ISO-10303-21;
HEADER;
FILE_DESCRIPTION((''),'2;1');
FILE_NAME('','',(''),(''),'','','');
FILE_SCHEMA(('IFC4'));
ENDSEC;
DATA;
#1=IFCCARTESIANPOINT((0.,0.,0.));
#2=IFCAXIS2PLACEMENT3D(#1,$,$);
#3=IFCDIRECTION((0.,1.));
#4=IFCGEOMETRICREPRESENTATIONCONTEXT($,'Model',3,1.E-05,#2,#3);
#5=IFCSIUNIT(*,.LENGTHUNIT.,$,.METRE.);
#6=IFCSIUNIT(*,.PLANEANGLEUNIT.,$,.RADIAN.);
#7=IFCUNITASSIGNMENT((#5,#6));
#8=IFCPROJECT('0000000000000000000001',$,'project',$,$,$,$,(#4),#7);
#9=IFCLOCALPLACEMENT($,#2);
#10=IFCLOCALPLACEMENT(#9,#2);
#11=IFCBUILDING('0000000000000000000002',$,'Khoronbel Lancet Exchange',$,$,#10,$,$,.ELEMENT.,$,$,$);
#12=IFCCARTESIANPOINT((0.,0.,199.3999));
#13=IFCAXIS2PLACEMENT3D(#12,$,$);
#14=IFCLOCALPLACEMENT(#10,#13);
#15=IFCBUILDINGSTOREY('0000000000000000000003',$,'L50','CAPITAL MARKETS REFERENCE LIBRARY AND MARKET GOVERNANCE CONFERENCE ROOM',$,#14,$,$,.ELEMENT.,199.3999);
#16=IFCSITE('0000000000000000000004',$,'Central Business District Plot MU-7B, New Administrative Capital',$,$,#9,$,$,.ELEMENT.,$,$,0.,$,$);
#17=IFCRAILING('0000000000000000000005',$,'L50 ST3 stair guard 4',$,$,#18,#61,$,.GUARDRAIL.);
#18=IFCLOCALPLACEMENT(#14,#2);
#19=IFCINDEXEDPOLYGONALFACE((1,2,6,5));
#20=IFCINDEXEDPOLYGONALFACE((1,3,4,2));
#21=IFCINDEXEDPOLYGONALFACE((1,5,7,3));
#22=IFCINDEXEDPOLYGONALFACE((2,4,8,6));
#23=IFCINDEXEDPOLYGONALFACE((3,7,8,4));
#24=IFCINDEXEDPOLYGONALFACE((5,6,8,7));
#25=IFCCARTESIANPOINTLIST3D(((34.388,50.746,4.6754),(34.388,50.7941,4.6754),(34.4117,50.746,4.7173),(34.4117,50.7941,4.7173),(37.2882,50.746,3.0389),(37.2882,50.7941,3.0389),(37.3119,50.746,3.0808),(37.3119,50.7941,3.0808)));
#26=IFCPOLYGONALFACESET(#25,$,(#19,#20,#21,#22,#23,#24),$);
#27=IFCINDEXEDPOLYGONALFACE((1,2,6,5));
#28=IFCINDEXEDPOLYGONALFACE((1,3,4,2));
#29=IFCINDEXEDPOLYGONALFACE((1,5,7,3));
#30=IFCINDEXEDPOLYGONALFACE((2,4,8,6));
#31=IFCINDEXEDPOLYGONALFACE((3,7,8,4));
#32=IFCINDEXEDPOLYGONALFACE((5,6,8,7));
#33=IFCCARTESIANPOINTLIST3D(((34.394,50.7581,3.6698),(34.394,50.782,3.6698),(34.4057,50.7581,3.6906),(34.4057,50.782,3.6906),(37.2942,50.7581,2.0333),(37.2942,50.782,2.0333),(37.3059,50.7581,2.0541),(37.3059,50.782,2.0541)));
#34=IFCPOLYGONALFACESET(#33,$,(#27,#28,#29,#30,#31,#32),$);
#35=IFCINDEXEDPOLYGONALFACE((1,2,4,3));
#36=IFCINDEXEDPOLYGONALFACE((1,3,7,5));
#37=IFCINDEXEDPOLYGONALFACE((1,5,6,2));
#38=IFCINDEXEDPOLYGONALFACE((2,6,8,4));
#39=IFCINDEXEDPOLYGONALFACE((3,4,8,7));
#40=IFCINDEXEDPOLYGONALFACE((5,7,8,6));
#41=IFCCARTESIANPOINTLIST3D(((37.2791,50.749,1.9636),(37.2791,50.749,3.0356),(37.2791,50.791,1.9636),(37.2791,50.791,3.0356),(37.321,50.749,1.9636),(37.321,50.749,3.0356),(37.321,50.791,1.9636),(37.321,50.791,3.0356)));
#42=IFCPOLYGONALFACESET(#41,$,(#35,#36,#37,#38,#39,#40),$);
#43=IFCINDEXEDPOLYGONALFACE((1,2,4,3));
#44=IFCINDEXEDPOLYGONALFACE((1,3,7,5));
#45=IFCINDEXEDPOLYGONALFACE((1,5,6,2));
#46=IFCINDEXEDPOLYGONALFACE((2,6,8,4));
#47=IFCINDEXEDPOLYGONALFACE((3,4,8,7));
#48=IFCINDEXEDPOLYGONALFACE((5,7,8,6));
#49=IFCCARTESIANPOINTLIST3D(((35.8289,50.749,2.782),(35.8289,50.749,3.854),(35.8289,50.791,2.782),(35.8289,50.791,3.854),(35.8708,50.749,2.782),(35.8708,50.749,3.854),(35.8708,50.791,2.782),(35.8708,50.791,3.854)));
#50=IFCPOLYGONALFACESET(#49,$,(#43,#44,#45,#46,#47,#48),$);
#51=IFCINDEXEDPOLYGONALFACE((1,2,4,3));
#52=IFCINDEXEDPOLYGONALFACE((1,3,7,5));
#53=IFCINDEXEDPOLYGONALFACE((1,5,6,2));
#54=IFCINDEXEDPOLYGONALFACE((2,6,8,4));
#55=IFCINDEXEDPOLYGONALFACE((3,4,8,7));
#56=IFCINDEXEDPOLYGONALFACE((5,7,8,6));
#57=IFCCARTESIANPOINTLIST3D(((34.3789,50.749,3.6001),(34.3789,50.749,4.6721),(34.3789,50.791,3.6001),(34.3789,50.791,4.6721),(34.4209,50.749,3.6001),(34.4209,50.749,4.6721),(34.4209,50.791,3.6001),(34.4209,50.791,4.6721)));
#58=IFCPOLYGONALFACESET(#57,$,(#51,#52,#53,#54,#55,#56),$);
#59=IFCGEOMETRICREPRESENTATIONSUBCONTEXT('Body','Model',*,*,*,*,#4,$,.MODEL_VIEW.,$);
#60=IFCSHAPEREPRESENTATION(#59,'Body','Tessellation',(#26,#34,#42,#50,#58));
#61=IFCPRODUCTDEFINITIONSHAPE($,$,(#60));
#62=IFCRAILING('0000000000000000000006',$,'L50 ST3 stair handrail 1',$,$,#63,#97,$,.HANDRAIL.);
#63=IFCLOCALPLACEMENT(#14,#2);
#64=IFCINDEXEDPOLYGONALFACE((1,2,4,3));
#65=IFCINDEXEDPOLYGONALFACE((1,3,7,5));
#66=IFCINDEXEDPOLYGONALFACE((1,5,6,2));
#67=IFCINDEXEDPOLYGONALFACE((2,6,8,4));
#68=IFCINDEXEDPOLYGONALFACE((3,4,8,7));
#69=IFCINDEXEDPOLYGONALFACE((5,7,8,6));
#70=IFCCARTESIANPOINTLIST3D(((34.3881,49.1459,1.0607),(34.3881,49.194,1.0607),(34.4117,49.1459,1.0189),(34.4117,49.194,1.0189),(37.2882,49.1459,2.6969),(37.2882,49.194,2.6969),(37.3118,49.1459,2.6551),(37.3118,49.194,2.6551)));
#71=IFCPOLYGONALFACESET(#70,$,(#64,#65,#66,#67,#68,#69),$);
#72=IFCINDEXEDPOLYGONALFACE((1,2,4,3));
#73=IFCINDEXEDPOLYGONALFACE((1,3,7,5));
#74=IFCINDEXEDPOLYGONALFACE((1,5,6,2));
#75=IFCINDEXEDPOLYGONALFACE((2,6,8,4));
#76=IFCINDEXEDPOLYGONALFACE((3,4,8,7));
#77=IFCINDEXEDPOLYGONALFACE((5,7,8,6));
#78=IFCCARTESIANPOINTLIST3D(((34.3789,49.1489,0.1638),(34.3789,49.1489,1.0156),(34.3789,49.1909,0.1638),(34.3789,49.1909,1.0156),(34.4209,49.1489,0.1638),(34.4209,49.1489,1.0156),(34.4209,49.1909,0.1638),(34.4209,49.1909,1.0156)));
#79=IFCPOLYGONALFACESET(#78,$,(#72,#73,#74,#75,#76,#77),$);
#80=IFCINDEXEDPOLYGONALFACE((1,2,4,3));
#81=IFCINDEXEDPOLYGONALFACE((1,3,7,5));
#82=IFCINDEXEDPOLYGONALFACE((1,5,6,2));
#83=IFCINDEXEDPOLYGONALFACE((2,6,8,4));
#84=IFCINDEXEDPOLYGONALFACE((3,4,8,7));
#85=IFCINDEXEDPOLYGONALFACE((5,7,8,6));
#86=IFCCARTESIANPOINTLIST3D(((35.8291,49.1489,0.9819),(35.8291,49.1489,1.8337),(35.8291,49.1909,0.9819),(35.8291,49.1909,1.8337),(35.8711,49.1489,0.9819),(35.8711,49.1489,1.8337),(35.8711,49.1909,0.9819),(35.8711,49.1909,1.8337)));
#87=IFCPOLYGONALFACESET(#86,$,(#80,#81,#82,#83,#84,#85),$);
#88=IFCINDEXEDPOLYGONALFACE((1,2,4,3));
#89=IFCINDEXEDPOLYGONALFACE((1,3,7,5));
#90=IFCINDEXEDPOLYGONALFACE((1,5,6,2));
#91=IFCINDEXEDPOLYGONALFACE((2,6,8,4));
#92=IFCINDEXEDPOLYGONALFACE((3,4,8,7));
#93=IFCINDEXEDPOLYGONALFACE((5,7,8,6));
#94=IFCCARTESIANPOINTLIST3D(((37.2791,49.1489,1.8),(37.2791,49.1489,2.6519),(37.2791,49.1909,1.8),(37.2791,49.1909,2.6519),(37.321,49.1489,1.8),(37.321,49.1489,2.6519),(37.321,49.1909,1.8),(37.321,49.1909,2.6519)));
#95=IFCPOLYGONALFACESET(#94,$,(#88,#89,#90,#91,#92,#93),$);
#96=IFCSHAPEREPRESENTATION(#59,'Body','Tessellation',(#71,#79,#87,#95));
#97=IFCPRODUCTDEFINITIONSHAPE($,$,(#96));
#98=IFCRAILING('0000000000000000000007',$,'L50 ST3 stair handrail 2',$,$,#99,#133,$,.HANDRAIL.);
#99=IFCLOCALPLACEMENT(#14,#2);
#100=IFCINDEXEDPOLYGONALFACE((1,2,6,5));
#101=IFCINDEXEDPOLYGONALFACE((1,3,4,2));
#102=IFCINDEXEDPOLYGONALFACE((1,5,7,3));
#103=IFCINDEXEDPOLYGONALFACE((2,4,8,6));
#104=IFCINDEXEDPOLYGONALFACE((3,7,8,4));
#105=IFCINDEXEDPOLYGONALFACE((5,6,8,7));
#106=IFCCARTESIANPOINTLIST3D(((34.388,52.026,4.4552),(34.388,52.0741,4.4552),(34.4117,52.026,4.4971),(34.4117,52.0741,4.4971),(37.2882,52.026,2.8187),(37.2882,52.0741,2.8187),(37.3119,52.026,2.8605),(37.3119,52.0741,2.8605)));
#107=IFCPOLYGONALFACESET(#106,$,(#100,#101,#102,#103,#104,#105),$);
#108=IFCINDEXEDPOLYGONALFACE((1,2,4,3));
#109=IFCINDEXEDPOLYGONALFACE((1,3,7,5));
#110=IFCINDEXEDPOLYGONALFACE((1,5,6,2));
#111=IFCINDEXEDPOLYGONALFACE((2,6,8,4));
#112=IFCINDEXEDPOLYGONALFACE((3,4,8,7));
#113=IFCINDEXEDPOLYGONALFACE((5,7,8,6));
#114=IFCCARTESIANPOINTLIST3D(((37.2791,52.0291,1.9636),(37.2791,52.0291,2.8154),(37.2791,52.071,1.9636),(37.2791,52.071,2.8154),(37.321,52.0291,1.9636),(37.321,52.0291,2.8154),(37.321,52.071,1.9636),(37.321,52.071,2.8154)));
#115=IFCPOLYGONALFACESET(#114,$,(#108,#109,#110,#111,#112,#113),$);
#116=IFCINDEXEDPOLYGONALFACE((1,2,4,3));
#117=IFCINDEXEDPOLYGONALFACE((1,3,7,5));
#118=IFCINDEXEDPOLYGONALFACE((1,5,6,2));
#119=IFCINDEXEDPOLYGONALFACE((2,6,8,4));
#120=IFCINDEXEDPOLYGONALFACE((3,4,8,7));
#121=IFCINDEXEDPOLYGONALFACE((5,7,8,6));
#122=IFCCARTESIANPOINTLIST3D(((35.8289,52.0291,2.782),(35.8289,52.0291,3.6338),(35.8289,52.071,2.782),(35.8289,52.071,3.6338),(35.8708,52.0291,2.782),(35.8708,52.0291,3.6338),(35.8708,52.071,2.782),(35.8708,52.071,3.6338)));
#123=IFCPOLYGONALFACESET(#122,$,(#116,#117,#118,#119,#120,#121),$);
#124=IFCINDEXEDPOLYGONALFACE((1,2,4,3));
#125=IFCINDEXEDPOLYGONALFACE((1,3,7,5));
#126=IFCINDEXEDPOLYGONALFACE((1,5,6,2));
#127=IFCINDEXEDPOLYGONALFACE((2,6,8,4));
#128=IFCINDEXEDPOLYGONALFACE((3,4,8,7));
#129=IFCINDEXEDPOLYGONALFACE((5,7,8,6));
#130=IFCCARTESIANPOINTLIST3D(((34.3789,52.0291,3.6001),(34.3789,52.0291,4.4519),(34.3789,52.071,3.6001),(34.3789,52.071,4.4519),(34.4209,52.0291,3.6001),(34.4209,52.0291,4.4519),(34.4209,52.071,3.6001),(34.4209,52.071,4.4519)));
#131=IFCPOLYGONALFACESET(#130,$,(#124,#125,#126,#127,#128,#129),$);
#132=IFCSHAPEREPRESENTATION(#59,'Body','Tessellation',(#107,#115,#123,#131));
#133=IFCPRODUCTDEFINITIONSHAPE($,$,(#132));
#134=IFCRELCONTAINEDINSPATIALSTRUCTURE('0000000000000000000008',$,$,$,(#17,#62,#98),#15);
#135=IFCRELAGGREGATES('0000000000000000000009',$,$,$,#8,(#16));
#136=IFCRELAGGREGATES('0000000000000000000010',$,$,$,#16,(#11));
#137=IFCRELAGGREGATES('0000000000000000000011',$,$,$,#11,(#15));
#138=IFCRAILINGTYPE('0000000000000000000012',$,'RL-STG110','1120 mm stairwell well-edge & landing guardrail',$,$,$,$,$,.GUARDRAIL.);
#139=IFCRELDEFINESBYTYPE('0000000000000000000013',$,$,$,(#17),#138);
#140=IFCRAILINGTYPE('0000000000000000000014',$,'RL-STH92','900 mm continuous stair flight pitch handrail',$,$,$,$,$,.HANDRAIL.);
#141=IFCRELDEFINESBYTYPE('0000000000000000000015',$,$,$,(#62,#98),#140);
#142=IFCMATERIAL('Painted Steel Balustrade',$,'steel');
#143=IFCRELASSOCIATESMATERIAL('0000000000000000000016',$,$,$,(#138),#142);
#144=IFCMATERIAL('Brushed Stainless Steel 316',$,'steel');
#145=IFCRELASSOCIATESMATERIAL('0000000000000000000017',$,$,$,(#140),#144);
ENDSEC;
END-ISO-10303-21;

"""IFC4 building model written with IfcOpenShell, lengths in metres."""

from ifc_helpers import new_model, si_unit, direction, frame, origin, origin_2d, place, context, subcontext, project, spatial, rectangle, extrude, material, type_object, element, save


model = new_model("IFC4")

# Units and contexts
model_context = context("Model", 3, precision=1e-05, world=origin(), true_north=direction((0.0, 1.0)))
body_context = subcontext(model_context, "Body", "Model", "MODEL_VIEW")
ifc_project = project(units=[si_unit("LENGTHUNIT", "METRE"), si_unit("PLANEANGLEUNIT", "RADIAN")], contexts=[model_context])

# Site, building, storey
site_placement = place(None, origin())
site = spatial("IfcSite", under=ifc_project, at=site_placement, Name="Central Business District Plot MU-7B, New Administrative Capital", CompositionType="ELEMENT", RefElevation=0.0)
building_placement = place(site_placement, origin())
building = spatial("IfcBuilding", under=site, at=building_placement, Name="Khoronbel Lancet Exchange", CompositionType="ELEMENT")
storey_placement = place(building_placement, frame((0.0, 0.0, 199.3999)))
storey = spatial("IfcBuildingStorey", under=building, at=storey_placement, Name="L50", Description="CAPITAL MARKETS REFERENCE LIBRARY AND MARKET GOVERNANCE CONFERENCE ROOM", CompositionType="ELEMENT", Elevation=199.3999)

# Railings
ifc_material_1 = material(Name="Painted Steel Balustrade", Category="steel")
railing_type_1 = type_object("IfcRailingType", Name="RL-STG110", Description="1120 mm stairwell well-edge & landing guardrail", PredefinedType="GUARDRAIL", material=ifc_material_1)
railing_1_placement = place(storey_placement, frame((37.3, 50.77, 1.9636)))
element("IfcRailing", 1, at=railing_1_placement, inside=storey, type_object=railing_type_1, Name="L50 ST3 stair guard 4", PredefinedType="GUARDRAIL", context=body_context, shape_type="SweptSolid", body=[
    extrude(rectangle(XDim=0.0481, YDim=0.0481, at=origin_2d()), frame((0.0, 0.0, 1.0962), z_axis=(-0.870915, 0.0, 0.491434), x_axis=(0.0, -1.0, 0.0)), (0.0, 0.0, 1.0), 3.3301),
    extrude(rectangle(XDim=0.0239, YDim=0.0239, at=origin_2d()), frame((0.0, 0.0, 0.0801), z_axis=(-0.870915, 0.0, 0.491434), x_axis=(0.0, -1.0, 0.0)), (0.0, 0.0, 1.0), 3.3301),
    extrude(rectangle(XDim=0.042, YDim=0.042, at=origin_2d()), origin(), (0.0, 0.0, 1.0), 1.072),
    extrude(rectangle(XDim=0.042, YDim=0.042, at=origin_2d()), frame((-1.4502, 0.0, 0.8184)), (0.0, 0.0, 1.0), 1.072),
    extrude(rectangle(XDim=0.042, YDim=0.042, at=origin_2d()), frame((-2.9001, 0.0, 1.6365)), (0.0, 0.0, 1.0), 1.072),
])
ifc_material_2 = material(Name="Brushed Stainless Steel 316", Category="steel")
railing_type_2 = type_object("IfcRailingType", Name="RL-STH92", Description="900 mm continuous stair flight pitch handrail", PredefinedType="HANDRAIL", material=ifc_material_2)
railing_2_placement = place(storey_placement, frame((34.3999, 49.1699, 0.1638)))
element("IfcRailing", 2, at=railing_2_placement, inside=storey, type_object=railing_type_2, Name="L50 ST3 stair handrail 1", PredefinedType="HANDRAIL", context=body_context, shape_type="SweptSolid", body=[
    extrude(rectangle(XDim=0.0481, YDim=0.0481, at=origin_2d()), frame((0.0, 0.0, 0.876), z_axis=(0.870946, 0.0, 0.491378), x_axis=(0.0, 1.0, 0.0)), (0.0, 0.0, 1.0), 3.3298),
    extrude(rectangle(XDim=0.042, YDim=0.042, at=origin_2d()), origin(), (0.0, 0.0, 1.0), 0.8518),
    extrude(rectangle(XDim=0.042, YDim=0.042, at=origin_2d()), frame((1.4502, 0.0, 0.8181)), (0.0, 0.0, 1.0), 0.8518),
    extrude(rectangle(XDim=0.042, YDim=0.042, at=origin_2d()), frame((2.9001, 0.0, 1.6362)), (0.0, 0.0, 1.0), 0.8518),
])
railing_3_placement = place(storey_placement, frame((37.3, 52.05, 1.9636)))
element("IfcRailing", 3, at=railing_3_placement, inside=storey, type_object=railing_type_2, Name="L50 ST3 stair handrail 2", PredefinedType="HANDRAIL", context=body_context, shape_type="SweptSolid", body=[
    extrude(rectangle(XDim=0.0481, YDim=0.0481, at=origin_2d()), frame((0.0, 0.0, 0.876), z_axis=(-0.870915, 0.0, 0.491434), x_axis=(0.0, -1.0, 0.0)), (0.0, 0.0, 1.0), 3.3301),
    extrude(rectangle(XDim=0.042, YDim=0.042, at=origin_2d()), origin(), (0.0, 0.0, 1.0), 0.8518),
    extrude(rectangle(XDim=0.042, YDim=0.042, at=origin_2d()), frame((-1.4502, 0.0, 0.8184)), (0.0, 0.0, 1.0), 0.8518),
    extrude(rectangle(XDim=0.042, YDim=0.042, at=origin_2d()), frame((-2.9001, 0.0, 1.6365)), (0.0, 0.0, 1.0), 0.8518),
])

save(model, "model.ifc")
